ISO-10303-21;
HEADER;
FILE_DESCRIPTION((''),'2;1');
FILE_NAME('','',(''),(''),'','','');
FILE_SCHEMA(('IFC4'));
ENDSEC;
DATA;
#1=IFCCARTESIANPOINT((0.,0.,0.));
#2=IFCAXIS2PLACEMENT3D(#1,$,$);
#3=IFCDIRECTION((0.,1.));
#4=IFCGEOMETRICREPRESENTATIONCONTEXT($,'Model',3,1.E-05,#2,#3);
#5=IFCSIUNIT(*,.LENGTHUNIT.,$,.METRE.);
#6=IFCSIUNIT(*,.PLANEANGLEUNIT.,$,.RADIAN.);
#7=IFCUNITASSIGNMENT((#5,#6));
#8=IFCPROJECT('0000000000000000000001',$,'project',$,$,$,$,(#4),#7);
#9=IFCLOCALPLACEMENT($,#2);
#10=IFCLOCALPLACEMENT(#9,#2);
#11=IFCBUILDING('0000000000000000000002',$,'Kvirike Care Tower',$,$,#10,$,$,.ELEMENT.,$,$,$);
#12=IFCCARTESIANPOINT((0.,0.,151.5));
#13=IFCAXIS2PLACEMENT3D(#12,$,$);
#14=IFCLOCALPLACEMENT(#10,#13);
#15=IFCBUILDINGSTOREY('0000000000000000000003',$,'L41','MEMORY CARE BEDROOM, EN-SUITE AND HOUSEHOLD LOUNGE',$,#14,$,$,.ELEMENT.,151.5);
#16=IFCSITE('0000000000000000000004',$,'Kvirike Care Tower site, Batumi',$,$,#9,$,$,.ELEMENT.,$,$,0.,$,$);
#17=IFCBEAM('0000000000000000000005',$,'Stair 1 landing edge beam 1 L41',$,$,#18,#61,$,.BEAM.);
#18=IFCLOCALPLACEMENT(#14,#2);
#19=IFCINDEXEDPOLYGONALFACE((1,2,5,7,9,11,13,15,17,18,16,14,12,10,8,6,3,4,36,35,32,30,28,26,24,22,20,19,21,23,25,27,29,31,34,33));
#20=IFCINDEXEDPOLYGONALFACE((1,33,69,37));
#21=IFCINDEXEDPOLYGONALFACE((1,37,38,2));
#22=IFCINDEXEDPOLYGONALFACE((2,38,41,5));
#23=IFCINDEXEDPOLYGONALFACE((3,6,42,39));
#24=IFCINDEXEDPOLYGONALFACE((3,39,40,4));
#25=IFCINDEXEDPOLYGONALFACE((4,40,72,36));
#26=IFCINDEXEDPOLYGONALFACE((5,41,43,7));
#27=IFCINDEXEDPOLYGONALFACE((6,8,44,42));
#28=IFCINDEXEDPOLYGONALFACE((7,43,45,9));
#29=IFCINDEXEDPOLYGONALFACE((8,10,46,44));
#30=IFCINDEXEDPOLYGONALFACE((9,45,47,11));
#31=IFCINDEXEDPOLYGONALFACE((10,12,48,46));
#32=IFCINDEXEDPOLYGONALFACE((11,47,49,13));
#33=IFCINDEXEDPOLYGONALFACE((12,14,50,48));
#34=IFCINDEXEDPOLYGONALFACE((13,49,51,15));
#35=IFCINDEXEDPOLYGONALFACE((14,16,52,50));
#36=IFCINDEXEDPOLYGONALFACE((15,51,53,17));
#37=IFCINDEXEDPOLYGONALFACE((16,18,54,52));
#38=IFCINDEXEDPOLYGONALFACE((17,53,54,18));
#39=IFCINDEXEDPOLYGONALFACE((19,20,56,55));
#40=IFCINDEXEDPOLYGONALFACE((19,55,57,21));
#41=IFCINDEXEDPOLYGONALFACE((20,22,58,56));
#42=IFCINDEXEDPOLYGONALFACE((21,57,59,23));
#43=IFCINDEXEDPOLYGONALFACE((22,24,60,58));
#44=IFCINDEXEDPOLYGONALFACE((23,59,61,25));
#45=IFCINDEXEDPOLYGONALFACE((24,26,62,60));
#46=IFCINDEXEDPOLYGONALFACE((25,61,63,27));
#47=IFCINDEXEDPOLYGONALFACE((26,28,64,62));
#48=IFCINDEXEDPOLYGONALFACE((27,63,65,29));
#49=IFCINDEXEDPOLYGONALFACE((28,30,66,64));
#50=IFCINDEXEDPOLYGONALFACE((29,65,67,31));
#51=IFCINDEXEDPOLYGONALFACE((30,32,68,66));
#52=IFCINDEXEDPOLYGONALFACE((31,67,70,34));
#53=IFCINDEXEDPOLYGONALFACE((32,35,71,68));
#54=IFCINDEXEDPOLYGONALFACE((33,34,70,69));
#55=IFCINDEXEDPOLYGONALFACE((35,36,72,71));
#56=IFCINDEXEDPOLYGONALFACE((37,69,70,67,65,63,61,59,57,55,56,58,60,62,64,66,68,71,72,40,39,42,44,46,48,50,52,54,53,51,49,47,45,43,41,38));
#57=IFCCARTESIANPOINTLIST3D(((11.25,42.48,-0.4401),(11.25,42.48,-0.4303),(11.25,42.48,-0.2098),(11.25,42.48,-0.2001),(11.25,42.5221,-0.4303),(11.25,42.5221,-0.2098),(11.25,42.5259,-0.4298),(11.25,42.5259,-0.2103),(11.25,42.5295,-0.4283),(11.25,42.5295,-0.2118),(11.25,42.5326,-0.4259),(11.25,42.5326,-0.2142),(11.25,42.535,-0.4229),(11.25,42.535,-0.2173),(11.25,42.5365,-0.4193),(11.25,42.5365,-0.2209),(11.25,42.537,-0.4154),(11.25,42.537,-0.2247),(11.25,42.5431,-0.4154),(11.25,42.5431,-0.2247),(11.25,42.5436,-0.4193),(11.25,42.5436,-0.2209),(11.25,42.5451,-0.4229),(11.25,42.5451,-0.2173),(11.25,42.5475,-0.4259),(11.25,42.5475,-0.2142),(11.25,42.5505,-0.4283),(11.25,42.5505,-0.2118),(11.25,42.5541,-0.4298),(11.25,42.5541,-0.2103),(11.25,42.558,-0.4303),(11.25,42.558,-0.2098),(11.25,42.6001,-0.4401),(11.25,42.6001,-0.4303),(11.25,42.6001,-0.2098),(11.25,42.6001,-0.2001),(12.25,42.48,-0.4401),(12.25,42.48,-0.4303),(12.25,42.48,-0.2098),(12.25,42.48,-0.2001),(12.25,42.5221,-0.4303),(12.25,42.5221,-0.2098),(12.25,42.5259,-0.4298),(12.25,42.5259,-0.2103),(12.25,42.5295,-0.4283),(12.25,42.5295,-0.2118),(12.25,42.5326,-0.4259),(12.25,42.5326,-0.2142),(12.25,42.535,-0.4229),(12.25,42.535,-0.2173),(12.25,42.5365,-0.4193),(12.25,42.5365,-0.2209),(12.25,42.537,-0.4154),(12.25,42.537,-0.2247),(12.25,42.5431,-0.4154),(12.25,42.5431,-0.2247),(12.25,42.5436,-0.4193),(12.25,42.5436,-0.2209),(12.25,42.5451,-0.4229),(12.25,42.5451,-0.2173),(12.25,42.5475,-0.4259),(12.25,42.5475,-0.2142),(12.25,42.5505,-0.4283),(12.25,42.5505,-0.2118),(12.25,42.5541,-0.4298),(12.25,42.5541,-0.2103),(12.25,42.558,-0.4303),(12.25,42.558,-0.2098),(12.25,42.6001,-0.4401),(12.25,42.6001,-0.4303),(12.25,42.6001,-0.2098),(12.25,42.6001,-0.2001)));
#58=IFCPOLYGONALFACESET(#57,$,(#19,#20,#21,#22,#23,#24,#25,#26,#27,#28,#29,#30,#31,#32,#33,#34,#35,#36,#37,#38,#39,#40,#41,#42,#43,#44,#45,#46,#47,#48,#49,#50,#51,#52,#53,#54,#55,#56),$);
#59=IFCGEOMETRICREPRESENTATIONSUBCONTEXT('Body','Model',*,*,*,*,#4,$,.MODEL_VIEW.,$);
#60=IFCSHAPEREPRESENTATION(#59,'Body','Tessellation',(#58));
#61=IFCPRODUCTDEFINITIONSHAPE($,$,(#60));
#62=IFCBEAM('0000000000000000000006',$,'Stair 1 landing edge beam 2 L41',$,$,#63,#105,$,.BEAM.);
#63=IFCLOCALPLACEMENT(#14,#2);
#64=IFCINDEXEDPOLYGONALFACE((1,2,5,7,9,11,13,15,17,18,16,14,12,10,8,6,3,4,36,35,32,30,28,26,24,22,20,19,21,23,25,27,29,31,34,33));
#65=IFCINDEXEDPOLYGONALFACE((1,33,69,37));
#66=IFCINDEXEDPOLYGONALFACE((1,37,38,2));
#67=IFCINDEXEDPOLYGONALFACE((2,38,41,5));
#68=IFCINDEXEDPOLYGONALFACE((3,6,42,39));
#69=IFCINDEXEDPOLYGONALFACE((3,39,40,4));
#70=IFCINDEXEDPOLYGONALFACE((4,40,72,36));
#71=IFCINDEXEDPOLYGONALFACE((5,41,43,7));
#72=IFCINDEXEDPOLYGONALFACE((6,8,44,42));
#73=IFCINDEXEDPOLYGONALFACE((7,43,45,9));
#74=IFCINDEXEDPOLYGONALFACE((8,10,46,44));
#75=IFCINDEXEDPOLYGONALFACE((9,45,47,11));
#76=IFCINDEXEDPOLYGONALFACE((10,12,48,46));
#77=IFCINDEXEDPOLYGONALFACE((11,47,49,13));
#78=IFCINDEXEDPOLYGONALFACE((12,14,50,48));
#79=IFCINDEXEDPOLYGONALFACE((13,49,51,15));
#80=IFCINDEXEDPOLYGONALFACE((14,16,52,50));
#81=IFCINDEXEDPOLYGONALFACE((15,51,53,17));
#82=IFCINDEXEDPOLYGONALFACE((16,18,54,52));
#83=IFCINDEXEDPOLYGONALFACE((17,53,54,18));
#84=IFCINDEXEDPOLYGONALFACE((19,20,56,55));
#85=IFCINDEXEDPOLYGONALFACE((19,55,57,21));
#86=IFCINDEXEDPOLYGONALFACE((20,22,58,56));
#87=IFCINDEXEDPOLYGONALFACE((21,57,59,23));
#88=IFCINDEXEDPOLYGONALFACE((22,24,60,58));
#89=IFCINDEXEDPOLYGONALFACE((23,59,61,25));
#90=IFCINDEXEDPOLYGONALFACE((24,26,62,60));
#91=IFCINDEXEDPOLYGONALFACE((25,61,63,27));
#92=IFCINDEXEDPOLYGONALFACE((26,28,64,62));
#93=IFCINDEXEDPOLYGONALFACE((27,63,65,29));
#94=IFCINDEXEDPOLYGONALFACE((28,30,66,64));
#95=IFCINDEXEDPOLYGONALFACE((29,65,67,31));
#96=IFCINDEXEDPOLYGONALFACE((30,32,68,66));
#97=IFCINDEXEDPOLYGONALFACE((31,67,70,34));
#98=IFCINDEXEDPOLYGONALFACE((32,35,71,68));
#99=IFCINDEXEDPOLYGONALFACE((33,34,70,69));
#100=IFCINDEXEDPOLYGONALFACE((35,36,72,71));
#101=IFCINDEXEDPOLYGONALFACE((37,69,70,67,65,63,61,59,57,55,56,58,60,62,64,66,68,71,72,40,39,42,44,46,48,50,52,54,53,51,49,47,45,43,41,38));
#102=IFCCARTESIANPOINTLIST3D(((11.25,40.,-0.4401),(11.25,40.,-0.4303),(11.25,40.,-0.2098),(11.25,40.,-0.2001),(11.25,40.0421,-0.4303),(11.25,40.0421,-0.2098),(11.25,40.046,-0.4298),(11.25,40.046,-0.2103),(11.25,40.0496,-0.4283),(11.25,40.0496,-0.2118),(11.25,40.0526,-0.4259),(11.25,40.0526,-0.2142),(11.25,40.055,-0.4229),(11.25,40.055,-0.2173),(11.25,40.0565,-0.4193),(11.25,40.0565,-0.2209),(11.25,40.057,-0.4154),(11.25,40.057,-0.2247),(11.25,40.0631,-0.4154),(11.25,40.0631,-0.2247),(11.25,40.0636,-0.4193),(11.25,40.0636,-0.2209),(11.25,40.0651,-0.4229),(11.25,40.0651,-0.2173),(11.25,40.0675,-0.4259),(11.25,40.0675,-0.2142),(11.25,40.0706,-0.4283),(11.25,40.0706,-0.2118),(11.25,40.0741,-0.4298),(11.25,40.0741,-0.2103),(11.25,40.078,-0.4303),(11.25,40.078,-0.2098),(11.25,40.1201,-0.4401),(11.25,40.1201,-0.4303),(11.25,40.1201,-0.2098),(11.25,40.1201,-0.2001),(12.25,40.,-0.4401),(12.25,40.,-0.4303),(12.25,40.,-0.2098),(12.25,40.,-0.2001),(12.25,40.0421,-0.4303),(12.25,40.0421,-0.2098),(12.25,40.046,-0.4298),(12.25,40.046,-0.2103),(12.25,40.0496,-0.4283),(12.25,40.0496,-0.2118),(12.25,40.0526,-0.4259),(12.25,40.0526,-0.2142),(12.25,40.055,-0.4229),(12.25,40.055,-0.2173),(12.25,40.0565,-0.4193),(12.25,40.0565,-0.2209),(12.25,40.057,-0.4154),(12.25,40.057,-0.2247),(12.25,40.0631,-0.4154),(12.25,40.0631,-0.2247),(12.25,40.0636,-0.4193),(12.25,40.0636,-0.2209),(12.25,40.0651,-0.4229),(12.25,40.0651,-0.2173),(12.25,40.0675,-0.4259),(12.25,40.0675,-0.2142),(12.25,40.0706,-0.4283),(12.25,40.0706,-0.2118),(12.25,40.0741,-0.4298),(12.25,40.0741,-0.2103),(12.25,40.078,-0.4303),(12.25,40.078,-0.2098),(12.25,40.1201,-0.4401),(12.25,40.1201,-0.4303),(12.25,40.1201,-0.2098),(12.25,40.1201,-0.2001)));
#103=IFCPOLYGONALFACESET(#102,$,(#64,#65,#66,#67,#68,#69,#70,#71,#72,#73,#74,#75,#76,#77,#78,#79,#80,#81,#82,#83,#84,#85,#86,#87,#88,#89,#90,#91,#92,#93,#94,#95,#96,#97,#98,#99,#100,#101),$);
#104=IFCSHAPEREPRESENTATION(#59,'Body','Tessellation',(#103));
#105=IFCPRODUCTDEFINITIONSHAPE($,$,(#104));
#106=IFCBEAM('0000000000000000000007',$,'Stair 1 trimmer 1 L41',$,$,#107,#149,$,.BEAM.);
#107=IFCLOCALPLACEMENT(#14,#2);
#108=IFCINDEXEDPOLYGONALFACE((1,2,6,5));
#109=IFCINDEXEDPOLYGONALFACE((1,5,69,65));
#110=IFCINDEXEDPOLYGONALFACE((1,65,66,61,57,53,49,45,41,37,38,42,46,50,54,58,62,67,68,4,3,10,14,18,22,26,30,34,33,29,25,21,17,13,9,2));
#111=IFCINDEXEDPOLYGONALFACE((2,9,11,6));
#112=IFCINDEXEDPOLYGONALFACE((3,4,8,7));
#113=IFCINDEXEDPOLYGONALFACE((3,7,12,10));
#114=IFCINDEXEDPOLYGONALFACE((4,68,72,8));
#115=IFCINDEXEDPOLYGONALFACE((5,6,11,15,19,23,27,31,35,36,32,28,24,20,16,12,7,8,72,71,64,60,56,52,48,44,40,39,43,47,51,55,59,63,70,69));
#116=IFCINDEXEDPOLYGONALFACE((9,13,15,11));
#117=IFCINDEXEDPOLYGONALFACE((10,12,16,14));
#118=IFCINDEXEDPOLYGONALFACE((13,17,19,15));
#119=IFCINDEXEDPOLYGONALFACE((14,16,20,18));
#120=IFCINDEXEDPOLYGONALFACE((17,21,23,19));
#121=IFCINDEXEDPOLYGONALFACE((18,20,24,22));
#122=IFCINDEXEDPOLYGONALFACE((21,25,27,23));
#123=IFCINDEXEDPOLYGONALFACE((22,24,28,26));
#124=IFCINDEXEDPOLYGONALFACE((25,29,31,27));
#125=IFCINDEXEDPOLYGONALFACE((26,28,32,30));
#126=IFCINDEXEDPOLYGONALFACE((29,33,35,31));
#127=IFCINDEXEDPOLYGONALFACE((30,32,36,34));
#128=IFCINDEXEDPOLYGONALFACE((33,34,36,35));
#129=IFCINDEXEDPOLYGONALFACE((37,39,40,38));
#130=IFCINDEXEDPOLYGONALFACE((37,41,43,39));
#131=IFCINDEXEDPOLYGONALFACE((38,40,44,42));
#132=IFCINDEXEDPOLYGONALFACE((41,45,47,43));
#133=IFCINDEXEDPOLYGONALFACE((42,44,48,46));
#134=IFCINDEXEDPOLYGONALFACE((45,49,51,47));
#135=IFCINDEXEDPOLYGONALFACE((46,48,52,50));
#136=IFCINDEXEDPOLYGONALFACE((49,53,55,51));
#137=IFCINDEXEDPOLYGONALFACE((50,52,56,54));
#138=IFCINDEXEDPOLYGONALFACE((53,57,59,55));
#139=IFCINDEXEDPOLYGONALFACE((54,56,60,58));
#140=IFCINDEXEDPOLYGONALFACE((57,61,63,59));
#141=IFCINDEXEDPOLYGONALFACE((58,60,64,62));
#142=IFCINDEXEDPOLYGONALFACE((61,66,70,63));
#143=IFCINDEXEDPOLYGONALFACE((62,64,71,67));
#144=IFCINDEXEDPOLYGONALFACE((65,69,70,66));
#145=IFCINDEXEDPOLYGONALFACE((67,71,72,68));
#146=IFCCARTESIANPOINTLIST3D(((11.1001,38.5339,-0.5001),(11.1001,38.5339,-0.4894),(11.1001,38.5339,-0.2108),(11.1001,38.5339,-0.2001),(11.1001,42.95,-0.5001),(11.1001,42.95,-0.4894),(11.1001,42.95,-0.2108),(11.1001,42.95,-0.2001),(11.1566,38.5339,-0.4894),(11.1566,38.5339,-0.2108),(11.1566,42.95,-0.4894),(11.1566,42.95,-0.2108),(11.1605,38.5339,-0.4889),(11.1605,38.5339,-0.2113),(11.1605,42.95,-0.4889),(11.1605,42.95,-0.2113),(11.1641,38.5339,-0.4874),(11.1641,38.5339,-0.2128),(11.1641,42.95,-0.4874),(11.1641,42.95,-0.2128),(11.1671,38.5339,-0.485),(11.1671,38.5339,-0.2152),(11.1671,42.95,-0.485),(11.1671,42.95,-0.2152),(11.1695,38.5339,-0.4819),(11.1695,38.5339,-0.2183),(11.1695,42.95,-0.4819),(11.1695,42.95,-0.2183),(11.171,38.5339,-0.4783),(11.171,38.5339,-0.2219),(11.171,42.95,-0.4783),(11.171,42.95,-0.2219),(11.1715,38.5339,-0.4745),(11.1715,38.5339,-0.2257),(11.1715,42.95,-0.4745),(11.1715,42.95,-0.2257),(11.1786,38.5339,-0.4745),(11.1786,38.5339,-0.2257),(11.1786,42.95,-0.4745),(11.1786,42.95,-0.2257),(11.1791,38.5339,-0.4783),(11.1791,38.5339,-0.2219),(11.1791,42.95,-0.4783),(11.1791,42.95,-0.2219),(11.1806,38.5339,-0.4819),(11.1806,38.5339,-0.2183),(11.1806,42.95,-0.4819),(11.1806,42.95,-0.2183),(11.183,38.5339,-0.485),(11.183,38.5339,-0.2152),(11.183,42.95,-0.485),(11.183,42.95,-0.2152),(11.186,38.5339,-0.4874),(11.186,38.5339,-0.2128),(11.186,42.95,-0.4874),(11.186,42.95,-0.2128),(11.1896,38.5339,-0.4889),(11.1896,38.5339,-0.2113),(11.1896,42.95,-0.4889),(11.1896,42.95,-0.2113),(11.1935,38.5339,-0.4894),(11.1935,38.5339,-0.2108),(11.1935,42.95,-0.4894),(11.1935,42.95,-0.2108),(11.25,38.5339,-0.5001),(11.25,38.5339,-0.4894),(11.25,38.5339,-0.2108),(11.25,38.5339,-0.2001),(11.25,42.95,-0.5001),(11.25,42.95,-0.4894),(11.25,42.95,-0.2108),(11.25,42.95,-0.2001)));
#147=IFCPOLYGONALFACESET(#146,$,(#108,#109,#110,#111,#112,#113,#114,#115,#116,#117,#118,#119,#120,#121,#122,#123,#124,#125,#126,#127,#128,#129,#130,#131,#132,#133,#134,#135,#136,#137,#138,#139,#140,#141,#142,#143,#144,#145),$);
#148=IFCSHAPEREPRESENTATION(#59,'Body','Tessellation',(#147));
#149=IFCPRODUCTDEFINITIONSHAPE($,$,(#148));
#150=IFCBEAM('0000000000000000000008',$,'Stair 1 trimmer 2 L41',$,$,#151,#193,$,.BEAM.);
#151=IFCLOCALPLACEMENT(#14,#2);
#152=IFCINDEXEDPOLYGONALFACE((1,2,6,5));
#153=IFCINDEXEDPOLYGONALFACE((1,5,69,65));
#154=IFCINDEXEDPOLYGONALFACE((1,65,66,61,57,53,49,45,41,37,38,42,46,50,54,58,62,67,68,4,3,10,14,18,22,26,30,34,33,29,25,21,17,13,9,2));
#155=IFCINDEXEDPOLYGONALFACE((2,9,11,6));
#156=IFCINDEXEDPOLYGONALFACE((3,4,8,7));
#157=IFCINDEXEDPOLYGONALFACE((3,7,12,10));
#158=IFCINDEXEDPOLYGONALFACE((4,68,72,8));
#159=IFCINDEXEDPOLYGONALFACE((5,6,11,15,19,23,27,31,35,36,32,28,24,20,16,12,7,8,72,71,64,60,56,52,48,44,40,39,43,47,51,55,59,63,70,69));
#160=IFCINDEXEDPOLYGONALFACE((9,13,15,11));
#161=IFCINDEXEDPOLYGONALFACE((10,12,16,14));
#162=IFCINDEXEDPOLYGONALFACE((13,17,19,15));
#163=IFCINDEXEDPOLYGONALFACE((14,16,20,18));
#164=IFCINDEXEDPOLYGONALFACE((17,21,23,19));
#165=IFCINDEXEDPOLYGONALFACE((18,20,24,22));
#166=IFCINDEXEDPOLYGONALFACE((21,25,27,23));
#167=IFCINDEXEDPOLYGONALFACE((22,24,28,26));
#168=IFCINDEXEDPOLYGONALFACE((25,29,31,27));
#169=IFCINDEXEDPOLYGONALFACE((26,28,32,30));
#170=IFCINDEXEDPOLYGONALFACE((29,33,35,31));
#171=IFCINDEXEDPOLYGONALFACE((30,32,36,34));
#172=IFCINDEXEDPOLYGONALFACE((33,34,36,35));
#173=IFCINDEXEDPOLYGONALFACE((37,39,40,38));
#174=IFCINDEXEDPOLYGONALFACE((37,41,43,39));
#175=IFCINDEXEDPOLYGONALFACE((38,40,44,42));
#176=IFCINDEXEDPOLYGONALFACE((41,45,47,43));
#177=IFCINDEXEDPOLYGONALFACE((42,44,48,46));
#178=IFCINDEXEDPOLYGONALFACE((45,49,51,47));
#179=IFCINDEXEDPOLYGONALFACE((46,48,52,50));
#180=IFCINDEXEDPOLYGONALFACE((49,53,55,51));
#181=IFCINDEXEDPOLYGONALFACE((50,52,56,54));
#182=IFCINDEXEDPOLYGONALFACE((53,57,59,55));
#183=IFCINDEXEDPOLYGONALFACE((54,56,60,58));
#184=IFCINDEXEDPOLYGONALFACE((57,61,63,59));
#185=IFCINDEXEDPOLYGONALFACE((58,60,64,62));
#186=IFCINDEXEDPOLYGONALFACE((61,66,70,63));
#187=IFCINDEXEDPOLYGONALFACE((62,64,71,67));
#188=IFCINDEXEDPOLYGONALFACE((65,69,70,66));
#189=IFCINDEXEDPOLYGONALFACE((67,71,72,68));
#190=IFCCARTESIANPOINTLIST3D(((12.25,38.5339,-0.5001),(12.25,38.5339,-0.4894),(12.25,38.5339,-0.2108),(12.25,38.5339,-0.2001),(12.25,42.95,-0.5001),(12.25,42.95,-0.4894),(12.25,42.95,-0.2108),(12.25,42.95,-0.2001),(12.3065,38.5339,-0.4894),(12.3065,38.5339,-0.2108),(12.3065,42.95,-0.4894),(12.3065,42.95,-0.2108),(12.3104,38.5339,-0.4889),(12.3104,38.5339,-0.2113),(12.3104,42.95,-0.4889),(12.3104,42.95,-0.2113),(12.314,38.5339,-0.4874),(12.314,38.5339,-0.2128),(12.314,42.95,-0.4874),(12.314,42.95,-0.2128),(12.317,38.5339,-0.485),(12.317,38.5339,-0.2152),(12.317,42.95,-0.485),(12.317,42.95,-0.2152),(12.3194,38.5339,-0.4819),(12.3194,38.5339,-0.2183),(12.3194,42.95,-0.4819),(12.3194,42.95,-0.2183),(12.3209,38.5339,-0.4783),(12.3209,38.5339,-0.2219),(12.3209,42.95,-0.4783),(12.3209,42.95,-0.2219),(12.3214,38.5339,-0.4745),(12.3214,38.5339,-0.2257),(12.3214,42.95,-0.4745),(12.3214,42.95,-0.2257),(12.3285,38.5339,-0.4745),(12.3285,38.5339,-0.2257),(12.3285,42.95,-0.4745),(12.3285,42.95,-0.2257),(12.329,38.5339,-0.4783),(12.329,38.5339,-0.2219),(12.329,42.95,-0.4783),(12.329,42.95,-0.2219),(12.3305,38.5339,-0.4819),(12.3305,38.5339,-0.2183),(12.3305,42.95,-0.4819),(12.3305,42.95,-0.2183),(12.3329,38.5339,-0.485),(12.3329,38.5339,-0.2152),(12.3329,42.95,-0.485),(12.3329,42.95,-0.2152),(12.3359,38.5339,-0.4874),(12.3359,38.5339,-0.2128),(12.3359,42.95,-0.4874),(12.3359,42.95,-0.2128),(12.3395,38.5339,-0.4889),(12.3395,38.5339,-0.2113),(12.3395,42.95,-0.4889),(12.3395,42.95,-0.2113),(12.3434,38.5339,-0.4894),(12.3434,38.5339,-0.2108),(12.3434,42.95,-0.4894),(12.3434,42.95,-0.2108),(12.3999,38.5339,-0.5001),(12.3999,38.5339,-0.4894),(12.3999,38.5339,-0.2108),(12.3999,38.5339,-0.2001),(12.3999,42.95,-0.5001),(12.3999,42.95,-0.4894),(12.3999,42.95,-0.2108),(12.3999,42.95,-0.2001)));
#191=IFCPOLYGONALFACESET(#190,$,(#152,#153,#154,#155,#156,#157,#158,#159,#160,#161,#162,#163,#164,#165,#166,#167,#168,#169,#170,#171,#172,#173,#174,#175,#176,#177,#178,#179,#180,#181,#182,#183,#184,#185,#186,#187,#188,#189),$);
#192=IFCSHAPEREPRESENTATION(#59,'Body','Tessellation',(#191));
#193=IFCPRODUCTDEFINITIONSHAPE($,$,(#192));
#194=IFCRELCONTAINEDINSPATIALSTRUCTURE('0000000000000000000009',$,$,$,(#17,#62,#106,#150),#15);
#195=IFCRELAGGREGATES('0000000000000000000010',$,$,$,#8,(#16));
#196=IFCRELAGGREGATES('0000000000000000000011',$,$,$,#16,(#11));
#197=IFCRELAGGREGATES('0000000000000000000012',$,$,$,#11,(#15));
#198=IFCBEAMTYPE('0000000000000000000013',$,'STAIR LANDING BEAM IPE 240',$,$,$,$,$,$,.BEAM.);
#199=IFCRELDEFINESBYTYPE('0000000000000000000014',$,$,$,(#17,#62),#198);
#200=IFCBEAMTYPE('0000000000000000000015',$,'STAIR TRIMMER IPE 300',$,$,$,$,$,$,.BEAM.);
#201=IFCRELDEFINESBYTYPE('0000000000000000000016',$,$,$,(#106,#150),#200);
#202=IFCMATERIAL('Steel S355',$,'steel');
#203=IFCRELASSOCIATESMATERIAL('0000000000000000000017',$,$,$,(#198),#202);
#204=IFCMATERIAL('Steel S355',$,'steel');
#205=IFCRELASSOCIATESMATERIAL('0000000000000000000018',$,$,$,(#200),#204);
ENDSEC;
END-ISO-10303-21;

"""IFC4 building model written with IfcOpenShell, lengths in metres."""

from ifc_helpers import new_model, si_unit, direction, frame, origin, origin_2d, place, context, subcontext, project, spatial, i_section, extrude, material, material_profile, profile_set, type_object, element, save


model = new_model("IFC4")

# Units and contexts
model_context = context("Model", 3, precision=1e-05, world=origin(), true_north=direction((0.0, 1.0)))
body_context = subcontext(model_context, "Body", "Model", "MODEL_VIEW")
ifc_project = project(units=[si_unit("LENGTHUNIT", "METRE"), si_unit("PLANEANGLEUNIT", "RADIAN")], contexts=[model_context])

# Site, building, storey
site_placement = place(None, origin())
site = spatial("IfcSite", under=ifc_project, at=site_placement, Name="Kvirike Care Tower site, Batumi", CompositionType="ELEMENT", RefElevation=0.0)
building_placement = place(site_placement, origin())
building = spatial("IfcBuilding", under=site, at=building_placement, Name="Kvirike Care Tower", CompositionType="ELEMENT")
storey_placement = place(building_placement, frame((0.0, 0.0, 151.5)))
storey = spatial("IfcBuildingStorey", under=building, at=storey_placement, Name="L41", Description="MEMORY CARE BEDROOM, EN-SUITE AND HOUSEHOLD LOUNGE", CompositionType="ELEMENT", Elevation=151.5)

# Beams
ifc_material_1 = material(Name="Steel S355", Category="steel")
ifc_material_profile_1 = material_profile(ifc_material_1, i_section(OverallWidth=0.1201, OverallDepth=0.24, WebThickness=0.0061, FlangeThickness=0.0098, FilletRadius=0.0149, at=origin_2d()), Name="IPE 240")
ifc_profile_set_1 = profile_set([ifc_material_profile_1], Name="Steel S355")
beam_type_1 = type_object("IfcBeamType", Name="STAIR LANDING BEAM IPE 240", PredefinedType="BEAM", material=ifc_profile_set_1)
for number, where, z_axis, x_axis, name in (
    (1, (11.25, 42.54, -0.3201), (1.0, 0.0, 0.0), (0.0, 1.0, 0.0), "Stair 1 landing edge beam 1 L41"),
    (2, (11.25, 40.0601, -0.3201), (1.0, 0.0, 0.0), (0.0, 1.0, 0.0), "Stair 1 landing edge beam 2 L41"),
):
    element("IfcBeam", number, at=place(storey_placement, frame(where, z_axis=z_axis, x_axis=x_axis)), inside=storey, type_object=beam_type_1, Name=name, PredefinedType="BEAM", context=body_context, shape_type="SweptSolid", body=[
        extrude(i_section(OverallWidth=0.1201, OverallDepth=0.24, WebThickness=0.0061, FlangeThickness=0.0098, FilletRadius=0.0149, at=origin_2d()), origin(), (0.0, 0.0, 1.0), 1.0),
    ])
ifc_material_2 = material(Name="Steel S355", Category="steel")
ifc_material_profile_2 = material_profile(ifc_material_2, i_section(OverallWidth=0.1499, OverallDepth=0.3, WebThickness=0.0071, FlangeThickness=0.0107, FilletRadius=0.0149, at=origin_2d()), Name="IPE 300")
ifc_profile_set_2 = profile_set([ifc_material_profile_2], Name="Steel S355")
beam_type_2 = type_object("IfcBeamType", Name="STAIR TRIMMER IPE 300", PredefinedType="BEAM", material=ifc_profile_set_2)
for number, where, z_axis, x_axis, name in (
    (3, (11.175, 42.95, -0.3501), (0.0, -1.0, 0.0), (1.0, 0.0, 0.0), "Stair 1 trimmer 1 L41"),
    (4, (12.325, 42.95, -0.3501), (0.0, -1.0, 0.0), (1.0, 0.0, 0.0), "Stair 1 trimmer 2 L41"),
):
    element("IfcBeam", number, at=place(storey_placement, frame(where, z_axis=z_axis, x_axis=x_axis)), inside=storey, type_object=beam_type_2, Name=name, PredefinedType="BEAM", context=body_context, shape_type="SweptSolid", body=[
        extrude(i_section(OverallWidth=0.1499, OverallDepth=0.3, WebThickness=0.0071, FlangeThickness=0.0107, FilletRadius=0.0149, at=origin_2d()), origin(), (0.0, 0.0, 1.0), 4.416),
    ])

save(model, "model.ifc")
